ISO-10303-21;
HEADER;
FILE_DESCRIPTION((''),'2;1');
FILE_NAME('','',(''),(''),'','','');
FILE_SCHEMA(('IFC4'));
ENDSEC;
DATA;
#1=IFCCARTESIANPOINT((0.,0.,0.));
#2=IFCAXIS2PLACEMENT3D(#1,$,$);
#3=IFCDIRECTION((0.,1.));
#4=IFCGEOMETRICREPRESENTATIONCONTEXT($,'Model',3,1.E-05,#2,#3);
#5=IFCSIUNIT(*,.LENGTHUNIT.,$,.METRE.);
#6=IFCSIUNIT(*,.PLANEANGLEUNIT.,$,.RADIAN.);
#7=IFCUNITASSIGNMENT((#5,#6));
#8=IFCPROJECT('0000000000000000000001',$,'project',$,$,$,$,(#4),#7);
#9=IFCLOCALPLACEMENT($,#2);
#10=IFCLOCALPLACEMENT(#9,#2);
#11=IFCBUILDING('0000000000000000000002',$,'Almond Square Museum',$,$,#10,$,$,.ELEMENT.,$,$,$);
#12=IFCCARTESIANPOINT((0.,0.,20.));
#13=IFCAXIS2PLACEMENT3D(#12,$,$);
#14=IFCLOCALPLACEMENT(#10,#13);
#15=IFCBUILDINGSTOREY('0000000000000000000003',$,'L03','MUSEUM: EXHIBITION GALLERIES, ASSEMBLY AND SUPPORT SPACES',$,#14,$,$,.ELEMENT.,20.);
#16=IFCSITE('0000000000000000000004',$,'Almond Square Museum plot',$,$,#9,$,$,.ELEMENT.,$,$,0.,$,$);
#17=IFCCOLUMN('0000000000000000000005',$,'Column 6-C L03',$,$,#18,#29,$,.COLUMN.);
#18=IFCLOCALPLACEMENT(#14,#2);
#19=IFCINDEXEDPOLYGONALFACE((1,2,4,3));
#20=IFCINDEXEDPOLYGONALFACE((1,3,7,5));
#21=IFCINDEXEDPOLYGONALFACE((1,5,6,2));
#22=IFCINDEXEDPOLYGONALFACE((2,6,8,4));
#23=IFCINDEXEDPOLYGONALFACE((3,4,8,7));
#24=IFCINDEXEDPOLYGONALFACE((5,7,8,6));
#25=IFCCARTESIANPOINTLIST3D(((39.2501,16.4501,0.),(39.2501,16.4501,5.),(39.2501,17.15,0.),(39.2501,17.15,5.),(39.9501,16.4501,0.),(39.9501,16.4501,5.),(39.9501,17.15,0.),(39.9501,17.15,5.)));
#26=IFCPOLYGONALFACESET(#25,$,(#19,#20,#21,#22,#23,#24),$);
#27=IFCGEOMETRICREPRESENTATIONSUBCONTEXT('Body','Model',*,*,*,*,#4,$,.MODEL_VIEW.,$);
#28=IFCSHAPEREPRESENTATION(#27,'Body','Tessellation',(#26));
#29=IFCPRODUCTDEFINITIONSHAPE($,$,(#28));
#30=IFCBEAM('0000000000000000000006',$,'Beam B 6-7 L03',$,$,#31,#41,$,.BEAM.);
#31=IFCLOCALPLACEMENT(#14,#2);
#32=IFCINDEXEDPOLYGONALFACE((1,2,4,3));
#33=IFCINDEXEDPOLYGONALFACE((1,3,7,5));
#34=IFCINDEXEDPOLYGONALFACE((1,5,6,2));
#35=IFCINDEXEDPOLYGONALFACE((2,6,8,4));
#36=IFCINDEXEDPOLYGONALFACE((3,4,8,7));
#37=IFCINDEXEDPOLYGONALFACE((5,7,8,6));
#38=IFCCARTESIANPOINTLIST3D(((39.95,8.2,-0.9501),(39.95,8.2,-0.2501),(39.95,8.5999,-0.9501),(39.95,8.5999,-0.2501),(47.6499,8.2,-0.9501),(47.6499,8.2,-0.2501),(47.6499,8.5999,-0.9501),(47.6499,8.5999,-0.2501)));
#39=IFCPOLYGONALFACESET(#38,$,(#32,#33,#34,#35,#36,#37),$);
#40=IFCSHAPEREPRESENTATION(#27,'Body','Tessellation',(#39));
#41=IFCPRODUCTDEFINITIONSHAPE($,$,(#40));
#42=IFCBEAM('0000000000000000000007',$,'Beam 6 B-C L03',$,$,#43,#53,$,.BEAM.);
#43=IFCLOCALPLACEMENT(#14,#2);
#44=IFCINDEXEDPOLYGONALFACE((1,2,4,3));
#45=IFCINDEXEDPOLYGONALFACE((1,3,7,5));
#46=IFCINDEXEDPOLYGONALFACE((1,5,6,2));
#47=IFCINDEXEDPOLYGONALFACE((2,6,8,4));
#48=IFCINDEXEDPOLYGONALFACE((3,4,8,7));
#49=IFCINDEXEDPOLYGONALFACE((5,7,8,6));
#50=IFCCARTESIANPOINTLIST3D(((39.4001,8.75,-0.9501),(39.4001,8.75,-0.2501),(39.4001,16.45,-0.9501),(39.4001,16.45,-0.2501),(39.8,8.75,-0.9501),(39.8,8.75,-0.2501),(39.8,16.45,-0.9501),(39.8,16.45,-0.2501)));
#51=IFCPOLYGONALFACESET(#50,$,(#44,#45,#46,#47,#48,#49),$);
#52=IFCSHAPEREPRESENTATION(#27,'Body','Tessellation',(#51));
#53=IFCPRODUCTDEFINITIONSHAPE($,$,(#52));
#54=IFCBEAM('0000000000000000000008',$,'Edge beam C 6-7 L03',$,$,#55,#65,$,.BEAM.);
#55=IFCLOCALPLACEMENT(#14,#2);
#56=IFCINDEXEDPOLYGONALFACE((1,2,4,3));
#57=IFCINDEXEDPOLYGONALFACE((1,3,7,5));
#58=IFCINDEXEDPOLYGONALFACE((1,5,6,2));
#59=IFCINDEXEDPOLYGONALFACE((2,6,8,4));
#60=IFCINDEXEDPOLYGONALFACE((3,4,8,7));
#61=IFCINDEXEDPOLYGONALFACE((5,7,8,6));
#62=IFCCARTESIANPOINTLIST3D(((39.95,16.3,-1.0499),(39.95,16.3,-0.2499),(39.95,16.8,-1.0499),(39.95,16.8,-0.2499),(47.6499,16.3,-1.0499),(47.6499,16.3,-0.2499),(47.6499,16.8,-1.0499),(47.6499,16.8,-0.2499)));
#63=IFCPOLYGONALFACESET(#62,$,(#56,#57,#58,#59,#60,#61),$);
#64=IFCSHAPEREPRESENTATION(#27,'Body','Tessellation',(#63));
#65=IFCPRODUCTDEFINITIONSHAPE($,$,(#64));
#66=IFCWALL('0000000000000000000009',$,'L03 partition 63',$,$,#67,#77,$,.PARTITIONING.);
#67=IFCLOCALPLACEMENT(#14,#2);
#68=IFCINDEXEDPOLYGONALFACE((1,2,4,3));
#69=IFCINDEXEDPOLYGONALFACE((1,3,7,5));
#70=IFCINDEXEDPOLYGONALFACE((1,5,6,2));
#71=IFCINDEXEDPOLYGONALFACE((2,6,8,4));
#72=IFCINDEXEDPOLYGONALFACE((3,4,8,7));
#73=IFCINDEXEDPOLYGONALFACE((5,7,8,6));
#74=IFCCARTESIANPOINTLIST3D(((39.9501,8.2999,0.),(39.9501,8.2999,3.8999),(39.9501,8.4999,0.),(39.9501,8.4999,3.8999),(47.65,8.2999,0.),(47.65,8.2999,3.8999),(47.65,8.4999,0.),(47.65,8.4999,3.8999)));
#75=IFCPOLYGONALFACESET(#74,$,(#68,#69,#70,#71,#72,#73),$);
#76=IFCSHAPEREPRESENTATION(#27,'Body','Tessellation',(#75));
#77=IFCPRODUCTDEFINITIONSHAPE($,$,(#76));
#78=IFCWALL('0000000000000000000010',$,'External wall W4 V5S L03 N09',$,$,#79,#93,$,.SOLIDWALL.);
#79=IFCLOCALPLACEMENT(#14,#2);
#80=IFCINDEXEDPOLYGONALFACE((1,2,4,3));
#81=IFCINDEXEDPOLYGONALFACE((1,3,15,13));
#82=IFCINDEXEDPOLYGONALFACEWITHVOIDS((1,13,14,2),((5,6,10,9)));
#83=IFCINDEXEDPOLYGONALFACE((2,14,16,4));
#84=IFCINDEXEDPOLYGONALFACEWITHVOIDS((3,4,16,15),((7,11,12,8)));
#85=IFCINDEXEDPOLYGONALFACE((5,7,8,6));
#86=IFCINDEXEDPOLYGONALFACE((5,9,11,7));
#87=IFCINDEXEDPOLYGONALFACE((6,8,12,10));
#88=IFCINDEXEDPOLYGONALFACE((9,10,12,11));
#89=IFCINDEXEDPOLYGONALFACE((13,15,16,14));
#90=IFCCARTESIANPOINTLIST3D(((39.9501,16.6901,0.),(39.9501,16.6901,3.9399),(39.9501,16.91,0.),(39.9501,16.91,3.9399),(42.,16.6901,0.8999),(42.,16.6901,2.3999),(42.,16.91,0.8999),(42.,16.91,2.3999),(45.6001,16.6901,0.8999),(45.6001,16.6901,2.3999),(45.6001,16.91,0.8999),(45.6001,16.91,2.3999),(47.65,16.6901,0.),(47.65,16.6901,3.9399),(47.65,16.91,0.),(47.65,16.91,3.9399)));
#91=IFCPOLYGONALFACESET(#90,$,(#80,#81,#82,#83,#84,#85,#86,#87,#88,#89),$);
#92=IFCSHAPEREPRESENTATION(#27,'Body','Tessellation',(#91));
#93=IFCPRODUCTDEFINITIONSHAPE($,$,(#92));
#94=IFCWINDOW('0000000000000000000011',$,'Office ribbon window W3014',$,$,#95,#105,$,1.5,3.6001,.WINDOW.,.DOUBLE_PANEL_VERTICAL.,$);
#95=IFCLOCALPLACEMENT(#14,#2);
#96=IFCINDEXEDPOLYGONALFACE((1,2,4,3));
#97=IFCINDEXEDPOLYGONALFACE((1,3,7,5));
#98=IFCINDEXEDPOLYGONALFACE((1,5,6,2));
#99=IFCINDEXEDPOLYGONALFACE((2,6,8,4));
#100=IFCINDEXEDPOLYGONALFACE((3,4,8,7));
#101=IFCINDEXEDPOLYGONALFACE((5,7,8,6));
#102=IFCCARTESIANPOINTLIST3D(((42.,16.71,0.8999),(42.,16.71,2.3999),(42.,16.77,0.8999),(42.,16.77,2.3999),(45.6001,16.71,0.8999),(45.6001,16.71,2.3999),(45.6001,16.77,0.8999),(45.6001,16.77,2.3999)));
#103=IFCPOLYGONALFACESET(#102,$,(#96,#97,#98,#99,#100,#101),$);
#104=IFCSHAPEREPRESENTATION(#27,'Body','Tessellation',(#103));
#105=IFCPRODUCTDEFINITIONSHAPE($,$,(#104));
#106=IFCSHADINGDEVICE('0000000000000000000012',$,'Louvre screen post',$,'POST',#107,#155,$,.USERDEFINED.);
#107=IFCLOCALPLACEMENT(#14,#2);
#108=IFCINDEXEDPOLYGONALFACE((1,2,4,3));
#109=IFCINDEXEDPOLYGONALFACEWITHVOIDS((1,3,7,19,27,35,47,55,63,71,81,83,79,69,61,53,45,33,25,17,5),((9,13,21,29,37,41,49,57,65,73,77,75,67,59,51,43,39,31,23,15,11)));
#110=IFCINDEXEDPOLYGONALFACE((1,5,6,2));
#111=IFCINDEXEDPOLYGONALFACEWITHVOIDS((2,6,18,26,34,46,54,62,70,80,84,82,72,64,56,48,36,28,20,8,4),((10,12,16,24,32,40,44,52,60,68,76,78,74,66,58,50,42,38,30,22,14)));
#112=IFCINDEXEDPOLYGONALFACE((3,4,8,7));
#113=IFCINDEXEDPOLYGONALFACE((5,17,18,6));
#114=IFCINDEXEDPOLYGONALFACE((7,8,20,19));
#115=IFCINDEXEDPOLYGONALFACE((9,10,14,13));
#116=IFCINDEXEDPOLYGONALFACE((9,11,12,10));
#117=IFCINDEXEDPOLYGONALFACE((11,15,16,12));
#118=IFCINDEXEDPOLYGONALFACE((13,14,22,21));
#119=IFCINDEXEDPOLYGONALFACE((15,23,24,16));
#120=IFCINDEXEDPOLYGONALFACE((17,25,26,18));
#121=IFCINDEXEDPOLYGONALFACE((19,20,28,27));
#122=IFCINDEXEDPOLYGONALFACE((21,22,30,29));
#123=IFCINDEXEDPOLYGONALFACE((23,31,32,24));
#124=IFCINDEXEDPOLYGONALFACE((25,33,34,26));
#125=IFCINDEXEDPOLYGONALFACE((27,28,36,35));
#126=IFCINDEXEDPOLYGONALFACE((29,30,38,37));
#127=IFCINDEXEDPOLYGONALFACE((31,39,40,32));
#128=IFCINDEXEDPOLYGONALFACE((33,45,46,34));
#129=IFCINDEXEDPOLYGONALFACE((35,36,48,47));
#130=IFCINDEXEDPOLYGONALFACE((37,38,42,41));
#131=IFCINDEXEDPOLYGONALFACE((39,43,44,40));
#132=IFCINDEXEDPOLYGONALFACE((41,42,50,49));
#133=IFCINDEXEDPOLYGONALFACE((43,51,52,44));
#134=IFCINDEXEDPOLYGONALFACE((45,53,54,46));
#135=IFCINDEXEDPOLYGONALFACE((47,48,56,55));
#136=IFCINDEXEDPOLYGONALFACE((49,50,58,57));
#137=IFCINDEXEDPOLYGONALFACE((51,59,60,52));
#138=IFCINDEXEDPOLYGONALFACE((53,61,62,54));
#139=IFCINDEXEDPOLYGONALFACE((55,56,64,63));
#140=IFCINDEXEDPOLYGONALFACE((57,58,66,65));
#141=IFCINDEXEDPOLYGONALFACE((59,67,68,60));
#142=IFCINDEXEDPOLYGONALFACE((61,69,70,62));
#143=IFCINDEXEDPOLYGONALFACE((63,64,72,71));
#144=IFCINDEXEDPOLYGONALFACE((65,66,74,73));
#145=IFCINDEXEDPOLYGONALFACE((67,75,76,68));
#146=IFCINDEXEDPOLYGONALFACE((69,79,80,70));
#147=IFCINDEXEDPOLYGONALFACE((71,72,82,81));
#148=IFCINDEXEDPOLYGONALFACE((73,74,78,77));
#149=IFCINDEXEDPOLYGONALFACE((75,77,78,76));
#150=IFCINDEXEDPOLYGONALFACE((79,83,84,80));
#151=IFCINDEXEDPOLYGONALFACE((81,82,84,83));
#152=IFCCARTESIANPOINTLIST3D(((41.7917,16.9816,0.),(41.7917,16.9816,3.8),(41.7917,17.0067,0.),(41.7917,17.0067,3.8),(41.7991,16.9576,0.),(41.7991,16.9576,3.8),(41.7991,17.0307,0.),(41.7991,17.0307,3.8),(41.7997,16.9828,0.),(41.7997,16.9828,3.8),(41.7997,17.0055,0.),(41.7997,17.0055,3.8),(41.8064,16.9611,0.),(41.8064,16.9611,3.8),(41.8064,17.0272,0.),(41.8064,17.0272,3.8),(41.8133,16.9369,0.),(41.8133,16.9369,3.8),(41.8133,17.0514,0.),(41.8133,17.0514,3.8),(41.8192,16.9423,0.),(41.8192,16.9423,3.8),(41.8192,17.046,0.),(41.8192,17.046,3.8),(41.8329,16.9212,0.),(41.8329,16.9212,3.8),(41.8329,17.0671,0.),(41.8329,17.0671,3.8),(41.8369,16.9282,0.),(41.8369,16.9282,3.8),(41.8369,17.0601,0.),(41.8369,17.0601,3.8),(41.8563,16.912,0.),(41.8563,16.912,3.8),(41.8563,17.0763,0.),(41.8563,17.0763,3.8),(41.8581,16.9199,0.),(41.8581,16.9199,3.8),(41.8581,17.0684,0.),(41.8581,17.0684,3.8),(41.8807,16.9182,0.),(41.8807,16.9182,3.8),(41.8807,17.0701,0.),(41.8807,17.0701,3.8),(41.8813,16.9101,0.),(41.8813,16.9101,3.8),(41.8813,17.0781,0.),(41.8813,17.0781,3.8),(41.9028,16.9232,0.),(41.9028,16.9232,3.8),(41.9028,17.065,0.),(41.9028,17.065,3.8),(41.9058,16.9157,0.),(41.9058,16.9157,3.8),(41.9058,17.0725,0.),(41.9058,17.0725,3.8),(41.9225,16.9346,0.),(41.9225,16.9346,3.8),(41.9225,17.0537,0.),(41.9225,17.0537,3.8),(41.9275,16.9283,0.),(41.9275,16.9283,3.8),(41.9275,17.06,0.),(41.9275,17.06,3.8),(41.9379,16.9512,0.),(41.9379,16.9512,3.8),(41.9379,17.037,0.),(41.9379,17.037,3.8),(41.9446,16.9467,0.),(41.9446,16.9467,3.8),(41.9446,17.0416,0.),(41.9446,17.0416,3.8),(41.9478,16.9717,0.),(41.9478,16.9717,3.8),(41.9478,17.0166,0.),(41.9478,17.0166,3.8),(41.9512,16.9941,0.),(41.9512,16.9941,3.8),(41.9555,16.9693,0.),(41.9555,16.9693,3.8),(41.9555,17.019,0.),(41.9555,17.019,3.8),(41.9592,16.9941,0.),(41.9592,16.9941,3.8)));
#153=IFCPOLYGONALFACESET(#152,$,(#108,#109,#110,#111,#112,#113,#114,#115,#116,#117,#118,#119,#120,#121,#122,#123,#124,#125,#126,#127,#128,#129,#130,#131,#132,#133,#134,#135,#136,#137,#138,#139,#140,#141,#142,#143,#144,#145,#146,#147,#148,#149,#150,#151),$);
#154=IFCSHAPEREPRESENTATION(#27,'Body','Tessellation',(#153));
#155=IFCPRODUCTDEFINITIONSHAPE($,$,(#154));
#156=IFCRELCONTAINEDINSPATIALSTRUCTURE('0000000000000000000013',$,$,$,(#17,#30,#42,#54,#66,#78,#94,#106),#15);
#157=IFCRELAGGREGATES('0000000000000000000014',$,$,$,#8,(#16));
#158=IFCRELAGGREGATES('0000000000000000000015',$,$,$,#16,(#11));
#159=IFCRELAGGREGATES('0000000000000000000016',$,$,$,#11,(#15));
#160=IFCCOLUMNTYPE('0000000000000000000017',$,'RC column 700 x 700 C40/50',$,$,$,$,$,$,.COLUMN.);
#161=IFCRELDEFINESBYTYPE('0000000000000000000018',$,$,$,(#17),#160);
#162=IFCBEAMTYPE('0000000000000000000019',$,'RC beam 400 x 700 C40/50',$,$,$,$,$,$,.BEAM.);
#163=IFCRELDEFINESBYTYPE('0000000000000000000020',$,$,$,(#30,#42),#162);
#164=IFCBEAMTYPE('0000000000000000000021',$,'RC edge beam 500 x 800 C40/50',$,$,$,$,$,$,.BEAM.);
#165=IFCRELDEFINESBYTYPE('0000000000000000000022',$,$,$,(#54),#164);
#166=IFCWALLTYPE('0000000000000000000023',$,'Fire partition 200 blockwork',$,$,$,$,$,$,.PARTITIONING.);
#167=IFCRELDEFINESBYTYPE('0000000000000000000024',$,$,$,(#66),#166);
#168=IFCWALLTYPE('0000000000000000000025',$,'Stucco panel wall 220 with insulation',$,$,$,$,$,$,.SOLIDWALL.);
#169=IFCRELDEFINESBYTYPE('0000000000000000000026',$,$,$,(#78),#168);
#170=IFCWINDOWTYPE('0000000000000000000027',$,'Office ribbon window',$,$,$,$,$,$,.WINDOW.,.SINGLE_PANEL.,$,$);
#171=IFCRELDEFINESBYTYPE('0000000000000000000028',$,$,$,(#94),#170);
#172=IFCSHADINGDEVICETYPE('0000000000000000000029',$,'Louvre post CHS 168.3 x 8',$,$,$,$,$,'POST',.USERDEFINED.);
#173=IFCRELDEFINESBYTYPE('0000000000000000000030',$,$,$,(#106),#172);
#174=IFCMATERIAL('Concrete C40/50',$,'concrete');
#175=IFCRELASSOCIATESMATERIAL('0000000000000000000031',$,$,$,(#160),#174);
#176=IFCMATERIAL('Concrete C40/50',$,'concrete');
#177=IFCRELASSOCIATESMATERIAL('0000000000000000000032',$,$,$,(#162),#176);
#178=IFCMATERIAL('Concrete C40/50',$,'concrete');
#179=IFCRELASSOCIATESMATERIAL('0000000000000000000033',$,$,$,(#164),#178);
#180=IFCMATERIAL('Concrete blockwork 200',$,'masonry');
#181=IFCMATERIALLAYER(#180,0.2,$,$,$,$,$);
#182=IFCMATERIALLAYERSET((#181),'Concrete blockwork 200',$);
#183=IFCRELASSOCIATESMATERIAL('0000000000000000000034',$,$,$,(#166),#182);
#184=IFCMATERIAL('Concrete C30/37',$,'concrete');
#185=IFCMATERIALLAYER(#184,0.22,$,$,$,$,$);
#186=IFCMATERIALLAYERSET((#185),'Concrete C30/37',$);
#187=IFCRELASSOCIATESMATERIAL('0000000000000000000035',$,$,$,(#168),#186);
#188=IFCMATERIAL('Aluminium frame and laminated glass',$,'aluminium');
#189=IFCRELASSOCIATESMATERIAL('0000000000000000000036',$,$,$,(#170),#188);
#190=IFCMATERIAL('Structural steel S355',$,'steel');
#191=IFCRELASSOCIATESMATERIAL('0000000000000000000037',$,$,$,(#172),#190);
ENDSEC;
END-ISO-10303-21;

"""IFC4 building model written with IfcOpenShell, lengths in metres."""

from ifc_helpers import new_model, si_unit, direction, frame, frame_2d, origin, origin_2d, place, context, subcontext, project, spatial, rectangle, hollow_circle, extrude, material, layer, layer_set, material_profile, profile_set, type_object, element, fill, save


model = new_model("IFC4")

# Units and contexts
model_context = context("Model", 3, precision=1e-05, world=origin(), true_north=direction((0.0, 1.0)))
body_context = subcontext(model_context, "Body", "Model", "MODEL_VIEW")
ifc_project = project(units=[si_unit("LENGTHUNIT", "METRE"), si_unit("PLANEANGLEUNIT", "RADIAN")], contexts=[model_context])

# Site, building, storey
site_placement = place(None, origin())
site = spatial("IfcSite", under=ifc_project, at=site_placement, Name="Almond Square Museum plot", CompositionType="ELEMENT", RefElevation=0.0)
building_placement = place(site_placement, origin())
building = spatial("IfcBuilding", under=site, at=building_placement, Name="Almond Square Museum", CompositionType="ELEMENT")
storey_placement = place(building_placement, frame((0.0, 0.0, 20.0)))
storey = spatial("IfcBuildingStorey", under=building, at=storey_placement, Name="L03", Description="MUSEUM: EXHIBITION GALLERIES, ASSEMBLY AND SUPPORT SPACES", CompositionType="ELEMENT", Elevation=20.0)

# Column
ifc_material_1 = material(Name="Concrete C40/50", Category="concrete")
ifc_material_profile_1 = material_profile(ifc_material_1, rectangle(XDim=0.7, YDim=0.7, at=origin_2d()))
ifc_profile_set_1 = profile_set([ifc_material_profile_1], Name="Concrete C40/50")
column_type = type_object("IfcColumnType", Name="RC column 700 x 700 C40/50", PredefinedType="COLUMN", material=ifc_profile_set_1)
column_placement = place(storey_placement, frame((39.6001, 16.8, 0.0), z_axis=(0.0, 0.0, 1.0), x_axis=(1.0, 0.0, 0.0)))
element("IfcColumn", 1, at=column_placement, inside=storey, type_object=column_type, Name="Column 6-C L03", PredefinedType="COLUMN", context=body_context, shape_type="SweptSolid", body=[
    extrude(rectangle(XDim=0.7, YDim=0.7, at=origin_2d()), origin(), (0.0, 0.0, 1.0), 5.0),
])

# Beams
ifc_material_2 = material(Name="Concrete C40/50", Category="concrete")
ifc_material_profile_2 = material_profile(ifc_material_2, rectangle(XDim=0.3999, YDim=0.7, at=origin_2d()))
ifc_profile_set_2 = profile_set([ifc_material_profile_2], Name="Concrete C40/50")
beam_type_1 = type_object("IfcBeamType", Name="RC beam 400 x 700 C40/50", PredefinedType="BEAM", material=ifc_profile_set_2)
for number, where, z_axis, x_axis, name in (
    (2, (39.95, 8.3999, -0.6001), (1.0, 0.0, 0.0), (0.0, 1.0, 0.0), "Beam B 6-7 L03"),
    (3, (39.6001, 8.75, -0.6001), (0.0, 1.0, 0.0), (-1.0, 0.0, 0.0), "Beam 6 B-C L03"),
):
    element("IfcBeam", number, at=place(storey_placement, frame(where, z_axis=z_axis, x_axis=x_axis)), inside=storey, type_object=beam_type_1, Name=name, PredefinedType="BEAM", context=body_context, shape_type="SweptSolid", body=[
        extrude(rectangle(XDim=0.3999, YDim=0.7, at=origin_2d()), origin(), (0.0, 0.0, 1.0), 7.7),
    ])
ifc_material_3 = material(Name="Concrete C40/50", Category="concrete")
ifc_material_profile_3 = material_profile(ifc_material_3, rectangle(XDim=0.5, YDim=0.8, at=origin_2d()))
ifc_profile_set_3 = profile_set([ifc_material_profile_3], Name="Concrete C40/50")
beam_type_2 = type_object("IfcBeamType", Name="RC edge beam 500 x 800 C40/50", PredefinedType="BEAM", material=ifc_profile_set_3)
beam_placement = place(storey_placement, frame((39.95, 16.55, -0.6499), z_axis=(1.0, 0.0, 0.0), x_axis=(0.0, 1.0, 0.0)))
element("IfcBeam", 4, at=beam_placement, inside=storey, type_object=beam_type_2, Name="Edge beam C 6-7 L03", PredefinedType="BEAM", context=body_context, shape_type="SweptSolid", body=[
    extrude(rectangle(XDim=0.5, YDim=0.8, at=origin_2d()), origin(), (0.0, 0.0, 1.0), 7.7),
])

# Wall
ifc_material_4 = material(Name="Concrete blockwork 200", Category="masonry")
ifc_layer_1 = layer(ifc_material_4, 0.2)
ifc_layer_set_1 = layer_set([ifc_layer_1], Name="Concrete blockwork 200")
wall_type_1 = type_object("IfcWallType", Name="Fire partition 200 blockwork", PredefinedType="PARTITIONING", material=ifc_layer_set_1)
wall_1_placement = place(storey_placement, frame((39.95, 8.3999, 0.0), z_axis=(0.0, 0.0, 1.0), x_axis=(1.0, 0.0, 0.0)))
element("IfcWall", 5, at=wall_1_placement, inside=storey, type_object=wall_type_1, Name="L03 partition 63", PredefinedType="PARTITIONING", context=body_context, shape_type="SweptSolid", body=[
    extrude(rectangle(XDim=7.7, YDim=0.2, at=frame_2d((3.8501, 0.0))), origin(), (0.0, 0.0, 1.0), 3.8999),
])

# Wall, opening, window
ifc_material_5 = material(Name="Concrete C30/37", Category="concrete")
ifc_layer_2 = layer(ifc_material_5, 0.22)
ifc_layer_set_2 = layer_set([ifc_layer_2], Name="Concrete C30/37")
wall_type_2 = type_object("IfcWallType", Name="Stucco panel wall 220 with insulation", PredefinedType="SOLIDWALL", material=ifc_layer_set_2)
wall_2_placement = place(storey_placement, frame((39.95, 16.8, 0.0), z_axis=(0.0, 0.0, 1.0), x_axis=(1.0, 0.0, 0.0)))
wall_2 = element("IfcWall", 6, at=wall_2_placement, inside=storey, type_object=wall_type_2, Name="External wall W4 V5S L03 N09", PredefinedType="SOLIDWALL", context=body_context, shape_type="SweptSolid", body=[
    extrude(rectangle(XDim=7.7, YDim=0.22, at=frame_2d((3.8501, 0.0))), origin(), (0.0, 0.0, 1.0), 3.9399),
])
opening_placement = place(wall_2_placement, frame((2.05, 0.0, 0.8999)))
opening = element("IfcOpeningElement", 7, at=opening_placement, cuts=wall_2, PredefinedType="OPENING", context=body_context, shape_type="SweptSolid", body=[
    extrude(rectangle(XDim=3.6001, YDim=1.5, at=frame_2d((1.8, 0.75))), frame((0.0, 0.1199, 0.0), z_axis=(0.0, -1.0, 0.0), x_axis=(1.0, 0.0, 0.0)), (0.0, 0.0, 1.0), 0.24),
])
ifc_material_6 = material(Name="Aluminium frame and laminated glass", Category="aluminium")
window_type = type_object("IfcWindowType", Name="Office ribbon window", PartitioningType="SINGLE_PANEL", PredefinedType="WINDOW", material=ifc_material_6)
window_placement = place(opening_placement, origin())
window = element("IfcWindow", 8, at=window_placement, inside=storey, type_object=window_type, Name="Office ribbon window W3014", OverallHeight=1.5, OverallWidth=3.6001, PartitioningType="DOUBLE_PANEL_VERTICAL", PredefinedType="WINDOW", context=body_context, shape_type="SweptSolid", body=[
    extrude(rectangle(XDim=3.6001, YDim=1.5, at=frame_2d((1.8, 0.75))), frame((0.0, -0.03, 0.0), z_axis=(0.0, -1.0, 0.0), x_axis=(1.0, 0.0, 0.0)), (0.0, 0.0, 1.0), 0.0601),
])
fill(opening, window)

# Shading device
ifc_material_7 = material(Name="Structural steel S355", Category="steel")
ifc_material_profile_4 = material_profile(ifc_material_7, hollow_circle(Radius=0.0842, WallThickness=0.0081, at=origin_2d()))
ifc_profile_set_4 = profile_set([ifc_material_profile_4], Name="Structural steel S355")
shading_device_type = type_object("IfcShadingDeviceType", Name="Louvre post CHS 168.3 x 8", ElementType="POST", PredefinedType="USERDEFINED", material=ifc_profile_set_4)
for number, where, z_axis, x_axis, name in (
    (9, (41.875, 16.9941, 0.0), (0.0, 0.0, 1.0), (1.0, 0.0, 0.0), "Louvre screen post"),
):
    element("IfcShadingDevice", number, at=place(storey_placement, frame(where, z_axis=z_axis, x_axis=x_axis)), inside=storey, type_object=shading_device_type, Name=name, ObjectType="POST", PredefinedType="USERDEFINED", context=body_context, shape_type="SweptSolid", body=[
        extrude(hollow_circle(Radius=0.0842, WallThickness=0.0081, at=origin_2d()), origin(), (0.0, 0.0, 1.0), 3.8),
    ])

save(model, "model.ifc")
